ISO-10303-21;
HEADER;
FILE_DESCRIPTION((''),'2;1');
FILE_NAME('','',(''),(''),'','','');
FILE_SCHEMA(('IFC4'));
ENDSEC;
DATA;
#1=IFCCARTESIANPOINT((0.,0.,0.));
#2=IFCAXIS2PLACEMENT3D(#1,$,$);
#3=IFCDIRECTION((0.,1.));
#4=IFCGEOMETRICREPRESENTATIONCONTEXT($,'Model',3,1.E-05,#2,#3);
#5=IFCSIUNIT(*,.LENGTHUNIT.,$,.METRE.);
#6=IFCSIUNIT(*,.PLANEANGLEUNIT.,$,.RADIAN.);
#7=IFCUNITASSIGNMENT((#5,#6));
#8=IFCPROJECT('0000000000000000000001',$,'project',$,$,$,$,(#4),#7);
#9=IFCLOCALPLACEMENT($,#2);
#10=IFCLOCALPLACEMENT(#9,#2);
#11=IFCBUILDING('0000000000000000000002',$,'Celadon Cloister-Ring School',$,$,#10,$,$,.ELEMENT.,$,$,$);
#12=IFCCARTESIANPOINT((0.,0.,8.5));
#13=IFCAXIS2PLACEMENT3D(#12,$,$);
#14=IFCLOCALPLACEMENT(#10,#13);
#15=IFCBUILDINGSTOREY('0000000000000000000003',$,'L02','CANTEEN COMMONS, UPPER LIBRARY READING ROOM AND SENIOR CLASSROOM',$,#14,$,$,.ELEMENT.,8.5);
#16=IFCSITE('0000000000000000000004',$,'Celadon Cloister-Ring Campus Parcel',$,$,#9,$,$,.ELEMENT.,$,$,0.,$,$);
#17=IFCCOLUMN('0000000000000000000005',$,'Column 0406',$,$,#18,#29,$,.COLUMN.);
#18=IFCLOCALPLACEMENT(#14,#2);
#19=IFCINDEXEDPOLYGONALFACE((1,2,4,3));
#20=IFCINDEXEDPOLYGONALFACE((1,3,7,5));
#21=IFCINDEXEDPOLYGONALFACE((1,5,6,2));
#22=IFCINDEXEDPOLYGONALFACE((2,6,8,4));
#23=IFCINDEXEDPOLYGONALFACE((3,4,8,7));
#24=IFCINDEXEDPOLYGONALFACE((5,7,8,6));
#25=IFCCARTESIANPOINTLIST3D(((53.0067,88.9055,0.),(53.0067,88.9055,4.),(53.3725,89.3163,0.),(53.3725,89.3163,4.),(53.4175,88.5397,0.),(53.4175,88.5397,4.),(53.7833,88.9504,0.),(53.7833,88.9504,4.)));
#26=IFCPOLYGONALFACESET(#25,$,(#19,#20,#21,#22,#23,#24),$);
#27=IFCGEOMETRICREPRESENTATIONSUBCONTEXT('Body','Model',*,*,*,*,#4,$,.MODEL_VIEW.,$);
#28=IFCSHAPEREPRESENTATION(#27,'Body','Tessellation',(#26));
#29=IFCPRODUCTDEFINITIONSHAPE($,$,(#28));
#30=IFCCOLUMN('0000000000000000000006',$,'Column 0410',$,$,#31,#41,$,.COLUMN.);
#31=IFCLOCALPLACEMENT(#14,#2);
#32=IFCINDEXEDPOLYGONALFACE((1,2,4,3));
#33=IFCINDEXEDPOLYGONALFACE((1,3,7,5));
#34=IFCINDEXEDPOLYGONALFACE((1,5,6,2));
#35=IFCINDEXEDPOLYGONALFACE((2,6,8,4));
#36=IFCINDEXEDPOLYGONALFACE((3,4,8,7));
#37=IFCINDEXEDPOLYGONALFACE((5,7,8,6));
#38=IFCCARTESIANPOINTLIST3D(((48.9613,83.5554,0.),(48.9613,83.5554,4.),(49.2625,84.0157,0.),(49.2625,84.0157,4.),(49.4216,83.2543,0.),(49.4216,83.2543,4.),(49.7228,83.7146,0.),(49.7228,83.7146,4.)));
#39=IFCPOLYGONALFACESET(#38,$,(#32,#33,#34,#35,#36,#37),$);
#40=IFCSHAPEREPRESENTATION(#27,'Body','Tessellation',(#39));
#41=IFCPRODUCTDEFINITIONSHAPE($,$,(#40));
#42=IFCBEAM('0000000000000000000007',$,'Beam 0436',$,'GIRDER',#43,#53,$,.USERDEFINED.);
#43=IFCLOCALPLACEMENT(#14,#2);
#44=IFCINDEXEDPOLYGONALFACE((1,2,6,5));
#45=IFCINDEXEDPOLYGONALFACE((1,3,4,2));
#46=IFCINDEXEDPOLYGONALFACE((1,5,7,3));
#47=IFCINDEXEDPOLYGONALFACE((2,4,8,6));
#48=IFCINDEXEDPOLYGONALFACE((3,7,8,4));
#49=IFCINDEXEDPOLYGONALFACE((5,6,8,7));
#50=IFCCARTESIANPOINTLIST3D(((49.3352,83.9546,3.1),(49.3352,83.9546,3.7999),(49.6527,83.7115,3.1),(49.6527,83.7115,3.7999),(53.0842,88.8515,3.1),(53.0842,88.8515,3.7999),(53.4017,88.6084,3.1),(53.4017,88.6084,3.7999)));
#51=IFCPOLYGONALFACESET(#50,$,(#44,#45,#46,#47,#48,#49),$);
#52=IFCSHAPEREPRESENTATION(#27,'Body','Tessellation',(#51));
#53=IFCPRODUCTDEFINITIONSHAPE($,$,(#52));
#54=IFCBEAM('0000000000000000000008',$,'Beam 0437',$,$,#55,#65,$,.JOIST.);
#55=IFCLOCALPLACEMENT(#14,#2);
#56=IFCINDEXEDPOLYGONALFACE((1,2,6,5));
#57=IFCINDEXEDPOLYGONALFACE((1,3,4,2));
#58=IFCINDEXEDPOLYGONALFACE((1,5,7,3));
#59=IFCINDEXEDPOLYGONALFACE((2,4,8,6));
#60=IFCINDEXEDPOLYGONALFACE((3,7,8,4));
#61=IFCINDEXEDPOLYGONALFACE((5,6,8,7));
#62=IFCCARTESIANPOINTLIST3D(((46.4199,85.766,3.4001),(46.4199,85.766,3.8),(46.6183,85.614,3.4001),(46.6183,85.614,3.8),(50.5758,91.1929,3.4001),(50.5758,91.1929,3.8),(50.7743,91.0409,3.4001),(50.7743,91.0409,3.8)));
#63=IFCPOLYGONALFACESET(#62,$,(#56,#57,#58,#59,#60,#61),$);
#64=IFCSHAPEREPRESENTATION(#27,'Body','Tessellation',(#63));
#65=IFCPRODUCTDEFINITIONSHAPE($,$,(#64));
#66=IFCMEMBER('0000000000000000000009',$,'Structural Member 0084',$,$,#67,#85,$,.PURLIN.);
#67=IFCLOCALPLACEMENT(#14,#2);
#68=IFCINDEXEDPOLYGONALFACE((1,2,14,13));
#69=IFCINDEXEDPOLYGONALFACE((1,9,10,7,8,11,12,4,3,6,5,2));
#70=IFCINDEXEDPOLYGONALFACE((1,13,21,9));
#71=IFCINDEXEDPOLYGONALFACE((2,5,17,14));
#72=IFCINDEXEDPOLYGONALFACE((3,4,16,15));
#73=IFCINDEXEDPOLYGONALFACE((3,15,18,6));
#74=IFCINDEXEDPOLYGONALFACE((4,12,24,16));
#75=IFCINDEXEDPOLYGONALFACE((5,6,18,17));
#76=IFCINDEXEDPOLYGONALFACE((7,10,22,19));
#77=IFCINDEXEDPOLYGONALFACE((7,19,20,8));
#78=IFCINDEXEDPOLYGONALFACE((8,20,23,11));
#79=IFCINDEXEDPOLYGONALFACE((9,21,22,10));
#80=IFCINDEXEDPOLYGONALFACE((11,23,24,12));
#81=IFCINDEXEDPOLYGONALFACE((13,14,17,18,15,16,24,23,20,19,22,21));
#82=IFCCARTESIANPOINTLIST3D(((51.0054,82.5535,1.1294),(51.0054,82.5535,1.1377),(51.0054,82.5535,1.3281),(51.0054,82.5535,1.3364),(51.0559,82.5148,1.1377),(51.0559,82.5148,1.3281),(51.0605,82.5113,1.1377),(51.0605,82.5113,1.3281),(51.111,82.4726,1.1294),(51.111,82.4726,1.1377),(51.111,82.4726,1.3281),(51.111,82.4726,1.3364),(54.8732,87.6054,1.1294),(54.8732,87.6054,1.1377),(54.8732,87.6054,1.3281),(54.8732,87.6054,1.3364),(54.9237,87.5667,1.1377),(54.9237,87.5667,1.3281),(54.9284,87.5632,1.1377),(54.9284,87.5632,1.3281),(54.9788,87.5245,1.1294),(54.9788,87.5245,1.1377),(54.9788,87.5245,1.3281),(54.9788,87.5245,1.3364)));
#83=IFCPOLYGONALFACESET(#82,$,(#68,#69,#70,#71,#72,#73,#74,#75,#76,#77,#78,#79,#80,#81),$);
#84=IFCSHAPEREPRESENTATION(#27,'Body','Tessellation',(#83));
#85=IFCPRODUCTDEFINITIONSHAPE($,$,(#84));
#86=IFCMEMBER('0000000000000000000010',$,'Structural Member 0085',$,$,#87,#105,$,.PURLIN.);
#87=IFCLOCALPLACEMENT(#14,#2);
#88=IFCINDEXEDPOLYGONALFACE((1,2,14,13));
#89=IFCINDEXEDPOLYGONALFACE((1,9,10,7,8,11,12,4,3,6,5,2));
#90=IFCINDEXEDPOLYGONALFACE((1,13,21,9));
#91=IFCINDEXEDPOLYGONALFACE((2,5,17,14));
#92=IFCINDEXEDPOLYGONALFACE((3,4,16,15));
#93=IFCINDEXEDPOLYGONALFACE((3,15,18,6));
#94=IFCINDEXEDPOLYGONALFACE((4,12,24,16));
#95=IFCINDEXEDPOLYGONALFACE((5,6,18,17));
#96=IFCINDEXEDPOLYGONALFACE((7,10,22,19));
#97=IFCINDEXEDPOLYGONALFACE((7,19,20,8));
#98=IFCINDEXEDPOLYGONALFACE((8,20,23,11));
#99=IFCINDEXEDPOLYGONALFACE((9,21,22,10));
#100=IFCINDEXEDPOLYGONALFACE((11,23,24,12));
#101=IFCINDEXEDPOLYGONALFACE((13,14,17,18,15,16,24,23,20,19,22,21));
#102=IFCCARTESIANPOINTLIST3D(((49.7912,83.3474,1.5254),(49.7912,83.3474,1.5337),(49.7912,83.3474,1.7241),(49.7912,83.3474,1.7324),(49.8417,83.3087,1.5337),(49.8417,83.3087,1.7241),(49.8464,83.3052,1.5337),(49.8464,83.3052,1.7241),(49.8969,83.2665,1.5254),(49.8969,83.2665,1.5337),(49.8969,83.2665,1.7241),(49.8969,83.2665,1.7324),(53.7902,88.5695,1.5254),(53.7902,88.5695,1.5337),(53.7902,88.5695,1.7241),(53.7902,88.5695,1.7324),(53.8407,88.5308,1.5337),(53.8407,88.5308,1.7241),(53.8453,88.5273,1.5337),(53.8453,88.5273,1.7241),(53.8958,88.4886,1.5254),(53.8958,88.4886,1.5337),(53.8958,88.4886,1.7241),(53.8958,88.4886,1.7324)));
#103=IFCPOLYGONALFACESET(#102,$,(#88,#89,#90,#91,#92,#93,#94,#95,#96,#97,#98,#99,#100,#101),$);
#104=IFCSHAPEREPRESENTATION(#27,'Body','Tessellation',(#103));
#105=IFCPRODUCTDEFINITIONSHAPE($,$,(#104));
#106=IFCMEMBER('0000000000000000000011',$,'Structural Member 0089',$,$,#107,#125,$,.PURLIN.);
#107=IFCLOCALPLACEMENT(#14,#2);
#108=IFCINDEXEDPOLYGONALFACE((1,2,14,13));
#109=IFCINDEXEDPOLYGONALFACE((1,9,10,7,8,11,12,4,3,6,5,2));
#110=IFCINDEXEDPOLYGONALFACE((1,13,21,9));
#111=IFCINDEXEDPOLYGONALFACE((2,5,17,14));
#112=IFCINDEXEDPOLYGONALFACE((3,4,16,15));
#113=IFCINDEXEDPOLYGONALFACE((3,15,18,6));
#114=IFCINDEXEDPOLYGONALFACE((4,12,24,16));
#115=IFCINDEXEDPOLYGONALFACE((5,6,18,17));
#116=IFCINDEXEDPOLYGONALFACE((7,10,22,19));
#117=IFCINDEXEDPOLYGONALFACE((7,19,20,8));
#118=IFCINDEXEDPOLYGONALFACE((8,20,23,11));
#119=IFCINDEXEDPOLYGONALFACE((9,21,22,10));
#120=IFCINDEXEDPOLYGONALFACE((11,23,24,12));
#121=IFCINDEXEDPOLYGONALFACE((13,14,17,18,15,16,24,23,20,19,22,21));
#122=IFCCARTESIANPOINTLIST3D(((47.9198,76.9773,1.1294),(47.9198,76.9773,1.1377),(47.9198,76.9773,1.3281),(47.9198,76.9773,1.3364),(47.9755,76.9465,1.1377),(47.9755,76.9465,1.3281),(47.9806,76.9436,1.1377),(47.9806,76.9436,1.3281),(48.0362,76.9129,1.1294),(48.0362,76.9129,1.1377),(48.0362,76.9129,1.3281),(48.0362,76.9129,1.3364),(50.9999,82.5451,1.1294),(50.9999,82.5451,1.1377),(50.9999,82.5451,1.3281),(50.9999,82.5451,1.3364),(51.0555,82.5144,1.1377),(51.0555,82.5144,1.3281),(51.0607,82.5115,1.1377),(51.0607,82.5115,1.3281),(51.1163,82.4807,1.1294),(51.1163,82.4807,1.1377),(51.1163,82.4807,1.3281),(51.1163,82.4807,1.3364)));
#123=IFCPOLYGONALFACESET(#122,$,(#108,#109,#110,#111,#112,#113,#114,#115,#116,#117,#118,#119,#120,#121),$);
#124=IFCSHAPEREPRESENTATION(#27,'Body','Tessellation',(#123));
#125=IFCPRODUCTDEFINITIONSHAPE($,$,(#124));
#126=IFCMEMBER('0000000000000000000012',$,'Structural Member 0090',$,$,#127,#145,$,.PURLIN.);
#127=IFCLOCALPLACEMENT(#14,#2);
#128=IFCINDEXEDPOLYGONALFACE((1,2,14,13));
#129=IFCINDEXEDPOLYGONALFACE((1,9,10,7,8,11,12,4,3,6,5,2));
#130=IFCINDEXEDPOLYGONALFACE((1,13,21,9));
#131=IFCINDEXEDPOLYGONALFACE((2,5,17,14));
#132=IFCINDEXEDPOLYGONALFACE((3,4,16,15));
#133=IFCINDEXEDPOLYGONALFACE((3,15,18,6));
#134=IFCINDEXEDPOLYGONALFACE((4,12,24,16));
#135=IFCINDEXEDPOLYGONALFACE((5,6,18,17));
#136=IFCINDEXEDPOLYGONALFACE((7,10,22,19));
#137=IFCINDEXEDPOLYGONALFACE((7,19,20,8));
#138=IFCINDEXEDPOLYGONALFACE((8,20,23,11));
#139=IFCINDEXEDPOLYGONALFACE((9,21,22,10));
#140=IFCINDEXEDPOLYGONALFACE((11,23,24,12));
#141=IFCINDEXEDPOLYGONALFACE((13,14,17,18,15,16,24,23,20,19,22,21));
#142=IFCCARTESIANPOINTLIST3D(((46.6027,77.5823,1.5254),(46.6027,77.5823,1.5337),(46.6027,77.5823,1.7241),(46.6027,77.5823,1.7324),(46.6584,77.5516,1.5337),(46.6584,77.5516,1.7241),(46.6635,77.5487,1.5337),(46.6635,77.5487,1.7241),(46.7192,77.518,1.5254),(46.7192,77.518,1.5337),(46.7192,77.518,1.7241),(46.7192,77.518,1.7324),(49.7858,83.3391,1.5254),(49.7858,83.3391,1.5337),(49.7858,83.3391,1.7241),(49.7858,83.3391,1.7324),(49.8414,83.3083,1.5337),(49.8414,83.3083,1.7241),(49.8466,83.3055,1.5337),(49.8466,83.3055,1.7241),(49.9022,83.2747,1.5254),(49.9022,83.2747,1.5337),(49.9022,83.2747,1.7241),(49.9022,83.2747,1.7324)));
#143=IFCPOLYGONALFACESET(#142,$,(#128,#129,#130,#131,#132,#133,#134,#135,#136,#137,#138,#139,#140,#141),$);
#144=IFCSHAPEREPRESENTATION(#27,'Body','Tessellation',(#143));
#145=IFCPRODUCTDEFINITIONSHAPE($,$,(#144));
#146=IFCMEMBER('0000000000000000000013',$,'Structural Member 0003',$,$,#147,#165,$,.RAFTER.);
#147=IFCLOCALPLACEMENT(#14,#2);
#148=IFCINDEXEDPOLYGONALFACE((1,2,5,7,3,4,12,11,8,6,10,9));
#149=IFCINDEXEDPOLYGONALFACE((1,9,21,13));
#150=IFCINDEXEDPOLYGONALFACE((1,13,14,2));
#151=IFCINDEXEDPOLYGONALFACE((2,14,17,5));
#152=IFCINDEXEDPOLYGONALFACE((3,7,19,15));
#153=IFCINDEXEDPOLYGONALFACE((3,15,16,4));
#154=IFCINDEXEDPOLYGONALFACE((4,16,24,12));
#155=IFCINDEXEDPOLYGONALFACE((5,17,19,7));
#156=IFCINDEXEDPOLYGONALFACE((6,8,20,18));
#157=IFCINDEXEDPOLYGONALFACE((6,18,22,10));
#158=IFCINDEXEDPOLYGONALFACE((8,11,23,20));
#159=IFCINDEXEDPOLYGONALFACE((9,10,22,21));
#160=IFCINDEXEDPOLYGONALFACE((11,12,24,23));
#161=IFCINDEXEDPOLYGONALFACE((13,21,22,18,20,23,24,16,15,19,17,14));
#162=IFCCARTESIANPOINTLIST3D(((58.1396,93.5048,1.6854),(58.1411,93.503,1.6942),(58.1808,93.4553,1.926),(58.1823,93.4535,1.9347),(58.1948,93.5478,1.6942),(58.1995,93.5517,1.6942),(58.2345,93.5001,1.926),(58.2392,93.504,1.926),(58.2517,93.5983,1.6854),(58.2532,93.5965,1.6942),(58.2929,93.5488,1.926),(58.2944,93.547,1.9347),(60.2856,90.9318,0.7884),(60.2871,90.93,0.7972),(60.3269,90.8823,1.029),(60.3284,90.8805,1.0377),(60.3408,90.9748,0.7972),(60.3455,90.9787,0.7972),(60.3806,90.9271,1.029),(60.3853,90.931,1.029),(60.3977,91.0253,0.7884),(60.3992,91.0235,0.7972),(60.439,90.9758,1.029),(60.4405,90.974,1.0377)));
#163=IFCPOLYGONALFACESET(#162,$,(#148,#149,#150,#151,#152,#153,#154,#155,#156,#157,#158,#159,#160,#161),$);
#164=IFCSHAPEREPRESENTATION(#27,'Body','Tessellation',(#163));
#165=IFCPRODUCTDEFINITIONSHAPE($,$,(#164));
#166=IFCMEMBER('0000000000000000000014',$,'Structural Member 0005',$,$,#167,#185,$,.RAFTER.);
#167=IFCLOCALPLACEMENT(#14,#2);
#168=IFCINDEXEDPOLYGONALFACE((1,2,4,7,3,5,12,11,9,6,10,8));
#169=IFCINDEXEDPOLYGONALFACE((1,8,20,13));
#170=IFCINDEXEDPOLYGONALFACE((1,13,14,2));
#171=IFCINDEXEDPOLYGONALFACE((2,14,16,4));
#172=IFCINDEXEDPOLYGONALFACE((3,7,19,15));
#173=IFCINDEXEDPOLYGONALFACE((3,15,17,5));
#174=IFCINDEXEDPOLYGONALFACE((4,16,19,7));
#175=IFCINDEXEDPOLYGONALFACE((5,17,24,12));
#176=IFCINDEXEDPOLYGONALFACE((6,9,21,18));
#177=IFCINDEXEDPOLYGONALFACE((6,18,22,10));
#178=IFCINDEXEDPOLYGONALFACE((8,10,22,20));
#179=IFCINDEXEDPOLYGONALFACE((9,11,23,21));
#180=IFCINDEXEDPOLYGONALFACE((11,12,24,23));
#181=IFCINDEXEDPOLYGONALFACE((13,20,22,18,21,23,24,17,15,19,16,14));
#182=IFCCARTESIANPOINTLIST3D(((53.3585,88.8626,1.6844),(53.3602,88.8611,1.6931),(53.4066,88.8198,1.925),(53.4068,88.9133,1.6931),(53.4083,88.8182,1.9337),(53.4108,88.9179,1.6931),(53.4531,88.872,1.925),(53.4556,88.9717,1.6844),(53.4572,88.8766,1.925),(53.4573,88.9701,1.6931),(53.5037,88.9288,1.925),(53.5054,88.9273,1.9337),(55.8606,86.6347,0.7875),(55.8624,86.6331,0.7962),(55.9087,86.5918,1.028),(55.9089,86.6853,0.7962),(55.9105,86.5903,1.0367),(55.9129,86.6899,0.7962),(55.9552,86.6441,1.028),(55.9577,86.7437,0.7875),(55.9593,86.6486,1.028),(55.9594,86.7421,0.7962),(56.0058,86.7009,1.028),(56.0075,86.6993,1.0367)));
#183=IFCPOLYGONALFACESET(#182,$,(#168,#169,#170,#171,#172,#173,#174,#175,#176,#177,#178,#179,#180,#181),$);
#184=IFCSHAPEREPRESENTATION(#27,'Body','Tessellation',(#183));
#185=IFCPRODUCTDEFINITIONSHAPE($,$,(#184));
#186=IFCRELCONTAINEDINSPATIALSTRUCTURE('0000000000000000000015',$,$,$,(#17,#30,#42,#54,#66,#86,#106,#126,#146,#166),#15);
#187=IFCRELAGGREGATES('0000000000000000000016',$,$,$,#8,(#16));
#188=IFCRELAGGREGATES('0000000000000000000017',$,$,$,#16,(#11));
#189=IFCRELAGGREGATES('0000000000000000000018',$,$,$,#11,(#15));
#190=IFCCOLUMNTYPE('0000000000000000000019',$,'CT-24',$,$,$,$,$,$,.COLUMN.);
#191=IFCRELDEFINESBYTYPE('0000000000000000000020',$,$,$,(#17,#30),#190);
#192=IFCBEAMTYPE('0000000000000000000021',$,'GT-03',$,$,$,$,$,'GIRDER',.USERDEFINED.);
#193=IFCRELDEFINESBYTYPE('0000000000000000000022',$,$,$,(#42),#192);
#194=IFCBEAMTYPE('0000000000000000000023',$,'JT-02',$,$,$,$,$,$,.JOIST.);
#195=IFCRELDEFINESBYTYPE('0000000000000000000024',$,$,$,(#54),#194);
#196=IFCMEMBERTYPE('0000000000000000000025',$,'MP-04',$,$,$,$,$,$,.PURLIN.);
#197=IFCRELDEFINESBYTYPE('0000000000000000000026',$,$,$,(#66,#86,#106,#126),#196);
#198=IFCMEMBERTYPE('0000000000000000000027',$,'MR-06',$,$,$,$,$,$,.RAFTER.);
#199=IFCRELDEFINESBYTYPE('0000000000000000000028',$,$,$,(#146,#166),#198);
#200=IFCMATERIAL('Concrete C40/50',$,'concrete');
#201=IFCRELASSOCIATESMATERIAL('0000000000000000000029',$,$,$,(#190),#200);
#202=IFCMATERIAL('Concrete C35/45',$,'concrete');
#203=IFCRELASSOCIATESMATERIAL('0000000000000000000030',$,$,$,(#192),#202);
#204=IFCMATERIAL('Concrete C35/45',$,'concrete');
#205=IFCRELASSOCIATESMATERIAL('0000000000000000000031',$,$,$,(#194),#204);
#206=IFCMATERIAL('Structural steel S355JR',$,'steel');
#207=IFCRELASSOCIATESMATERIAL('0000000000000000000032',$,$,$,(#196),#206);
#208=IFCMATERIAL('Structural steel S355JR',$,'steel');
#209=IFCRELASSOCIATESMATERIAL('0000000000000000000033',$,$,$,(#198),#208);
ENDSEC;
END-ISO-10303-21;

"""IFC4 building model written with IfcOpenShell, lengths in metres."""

from ifc_helpers import new_model, si_unit, direction, frame, origin, origin_2d, place, context, subcontext, project, spatial, rectangle, i_section, extrude, material, material_profile, profile_set, type_object, element, save


model = new_model("IFC4")

# Units and contexts
model_context = context("Model", 3, precision=1e-05, world=origin(), true_north=direction((0.0, 1.0)))
body_context = subcontext(model_context, "Body", "Model", "MODEL_VIEW")
ifc_project = project(units=[si_unit("LENGTHUNIT", "METRE"), si_unit("PLANEANGLEUNIT", "RADIAN")], contexts=[model_context])

# Site, building, storey
site_placement = place(None, origin())
site = spatial("IfcSite", under=ifc_project, at=site_placement, Name="Celadon Cloister-Ring Campus Parcel", CompositionType="ELEMENT", RefElevation=0.0)
building_placement = place(site_placement, origin())
building = spatial("IfcBuilding", under=site, at=building_placement, Name="Celadon Cloister-Ring School", CompositionType="ELEMENT")
storey_placement = place(building_placement, frame((0.0, 0.0, 8.5)))
storey = spatial("IfcBuildingStorey", under=building, at=storey_placement, Name="L02", Description="CANTEEN COMMONS, UPPER LIBRARY READING ROOM AND SENIOR CLASSROOM", CompositionType="ELEMENT", Elevation=8.5)

# Columns
ifc_material_1 = material(Name="Concrete C40/50", Category="concrete")
ifc_material_profile_1 = material_profile(ifc_material_1, rectangle(XDim=0.55, YDim=0.55, at=origin_2d()), Name="RC550X550")
ifc_profile_set_1 = profile_set([ifc_material_profile_1], Name="Concrete C40/50")
column_type = type_object("IfcColumnType", Name="CT-24", PredefinedType="COLUMN", material=ifc_profile_set_1)
for number, where, z_axis, x_axis, name in (
    (1, (53.395, 88.928, 0.0), (0.0, 0.0, 1.0), (-0.746777, 0.665074, 0.0), "Column 0406"),
    (2, (49.342, 83.635, 0.0), (0.0, 0.0, 1.0), (-0.836841, 0.547446, 0.0), "Column 0410"),
):
    element("IfcColumn", number, at=place(storey_placement, frame(where, z_axis=z_axis, x_axis=x_axis)), inside=storey, type_object=column_type, Name=name, PredefinedType="COLUMN", context=body_context, shape_type="SweptSolid", body=[
        extrude(rectangle(XDim=0.55, YDim=0.55, at=origin_2d()), origin(), (0.0, 0.0, 1.0), 4.0),
    ])

# Beams
ifc_material_2 = material(Name="Concrete C35/45", Category="concrete")
ifc_material_profile_2 = material_profile(ifc_material_2, rectangle(XDim=0.3999, YDim=0.7, at=origin_2d()), Name="RC400X700")
ifc_profile_set_2 = profile_set([ifc_material_profile_2], Name="Concrete C35/45")
beam_type_1 = type_object("IfcBeamType", Name="GT-03", ElementType="GIRDER", PredefinedType="USERDEFINED", material=ifc_profile_set_2)
beam_1_placement = place(storey_placement, frame((53.2429, 88.73, 3.45), z_axis=(-0.607888, -0.794023, 0.0), x_axis=(0.794023, -0.607888, 0.0)))
element("IfcBeam", 3, at=beam_1_placement, inside=storey, type_object=beam_type_1, Name="Beam 0436", ObjectType="GIRDER", PredefinedType="USERDEFINED", context=body_context, shape_type="SweptSolid", body=[
    extrude(rectangle(XDim=0.3999, YDim=0.7, at=origin_2d()), origin(), (0.0, 0.0, 1.0), 6.1672),
])
ifc_material_3 = material(Name="Concrete C35/45", Category="concrete")
ifc_material_profile_3 = material_profile(ifc_material_3, rectangle(XDim=0.25, YDim=0.3999, at=origin_2d()), Name="RC250X400")
ifc_profile_set_3 = profile_set([ifc_material_profile_3], Name="Concrete C35/45")
beam_type_2 = type_object("IfcBeamType", Name="JT-02", PredefinedType="JOIST", material=ifc_profile_set_3)
beam_2_placement = place(storey_placement, frame((50.675, 91.1169, 3.6001), z_axis=(-0.607999, -0.793938, 0.0), x_axis=(0.793938, -0.607999, 0.0)))
element("IfcBeam", 4, at=beam_2_placement, inside=storey, type_object=beam_type_2, Name="Beam 0437", PredefinedType="JOIST", context=body_context, shape_type="SweptSolid", body=[
    extrude(rectangle(XDim=0.25, YDim=0.3999, at=origin_2d()), origin(), (0.0, 0.0, 1.0), 6.8354),
])

# Members
ifc_material_4 = material(Name="Structural steel S355JR", Category="steel")
ifc_material_profile_4 = material_profile(ifc_material_4, i_section(OverallWidth=0.1331, OverallDepth=0.207, WebThickness=0.0059, FlangeThickness=0.0083, at=origin_2d()), Name="W200X27")
ifc_profile_set_4 = profile_set([ifc_material_profile_4], Name="Structural steel S355JR")
member_type_1 = type_object("IfcMemberType", Name="MP-04", PredefinedType="PURLIN", material=ifc_profile_set_4)
member_1_placement = place(storey_placement, frame((54.926, 87.5649, 1.2329), z_axis=(-0.607909, -0.794007, 0.0), x_axis=(0.794007, -0.607909, 0.0)))
element("IfcMember", 5, at=member_1_placement, inside=storey, type_object=member_type_1, Name="Structural Member 0084", PredefinedType="PURLIN", context=body_context, shape_type="SweptSolid", body=[
    extrude(i_section(OverallWidth=0.1331, OverallDepth=0.207, WebThickness=0.0059, FlangeThickness=0.0083, at=origin_2d()), origin(), (0.0, 0.0, 1.0), 6.3625),
])
member_2_placement = place(storey_placement, frame((53.843, 88.5291, 1.6289), z_axis=(-0.607987, -0.793947, 0.0), x_axis=(0.793947, -0.607987, 0.0)))
element("IfcMember", 6, at=member_2_placement, inside=storey, type_object=member_type_1, Name="Structural Member 0085", PredefinedType="PURLIN", context=body_context, shape_type="SweptSolid", body=[
    extrude(i_section(OverallWidth=0.1331, OverallDepth=0.207, WebThickness=0.0059, FlangeThickness=0.0083, at=origin_2d()), origin(), (0.0, 0.0, 1.0), 6.5774),
])
member_3_placement = place(storey_placement, frame((51.0581, 82.5129, 1.2329), z_axis=(-0.484059, -0.875035, 0.0), x_axis=(0.875035, -0.484059, 0.0)))
element("IfcMember", 7, at=member_3_placement, inside=storey, type_object=member_type_1, Name="Structural Member 0089", PredefinedType="PURLIN", context=body_context, shape_type="SweptSolid", body=[
    extrude(i_section(OverallWidth=0.1331, OverallDepth=0.207, WebThickness=0.0059, FlangeThickness=0.0083, at=origin_2d()), origin(), (0.0, 0.0, 1.0), 6.363),
])
member_4_placement = place(storey_placement, frame((49.844, 83.3069, 1.6289), z_axis=(-0.483884, -0.875132, 0.0), x_axis=(0.875132, -0.483884, 0.0)))
element("IfcMember", 8, at=member_4_placement, inside=storey, type_object=member_type_1, Name="Structural Member 0090", PredefinedType="PURLIN", context=body_context, shape_type="SweptSolid", body=[
    extrude(i_section(OverallWidth=0.1331, OverallDepth=0.207, WebThickness=0.0059, FlangeThickness=0.0083, at=origin_2d()), origin(), (0.0, 0.0, 1.0), 6.5781),
])
ifc_material_5 = material(Name="Structural steel S355JR", Category="steel")
ifc_material_profile_5 = material_profile(ifc_material_5, i_section(OverallWidth=0.146, OverallDepth=0.2581, WebThickness=0.0061, FlangeThickness=0.009, at=origin_2d()), Name="W250X33")
ifc_profile_set_5 = profile_set([ifc_material_profile_5], Name="Structural steel S355JR")
member_type_2 = type_object("IfcMemberType", Name="MR-06", PredefinedType="RAFTER", material=ifc_profile_set_5)
member_5_placement = place(storey_placement, frame((60.363, 90.9529, 0.9131), z_axis=(-0.618718, 0.741828, 0.258609), x_axis=(-0.767952, -0.640507, 0.0)))
element("IfcMember", 9, at=member_5_placement, inside=storey, type_object=member_type_2, Name="Structural Member 0003", PredefinedType="RAFTER", context=body_context, shape_type="SweptSolid", body=[
    extrude(i_section(OverallWidth=0.146, OverallDepth=0.2581, WebThickness=0.0061, FlangeThickness=0.009, at=origin_2d()), origin(), (0.0, 0.0, 1.0), 3.4685),
])
member_6_placement = place(storey_placement, frame((55.9341, 86.667, 0.9121), z_axis=(-0.721431, 0.642383, 0.258614), x_axis=(-0.665006, -0.746838, 0.0)))
element("IfcMember", 10, at=member_6_placement, inside=storey, type_object=member_type_2, Name="Structural Member 0005", PredefinedType="RAFTER", context=body_context, shape_type="SweptSolid", body=[
    extrude(i_section(OverallWidth=0.146, OverallDepth=0.2581, WebThickness=0.0061, FlangeThickness=0.009, at=origin_2d()), origin(), (0.0, 0.0, 1.0), 3.4683),
])

save(model, "model.ifc")
